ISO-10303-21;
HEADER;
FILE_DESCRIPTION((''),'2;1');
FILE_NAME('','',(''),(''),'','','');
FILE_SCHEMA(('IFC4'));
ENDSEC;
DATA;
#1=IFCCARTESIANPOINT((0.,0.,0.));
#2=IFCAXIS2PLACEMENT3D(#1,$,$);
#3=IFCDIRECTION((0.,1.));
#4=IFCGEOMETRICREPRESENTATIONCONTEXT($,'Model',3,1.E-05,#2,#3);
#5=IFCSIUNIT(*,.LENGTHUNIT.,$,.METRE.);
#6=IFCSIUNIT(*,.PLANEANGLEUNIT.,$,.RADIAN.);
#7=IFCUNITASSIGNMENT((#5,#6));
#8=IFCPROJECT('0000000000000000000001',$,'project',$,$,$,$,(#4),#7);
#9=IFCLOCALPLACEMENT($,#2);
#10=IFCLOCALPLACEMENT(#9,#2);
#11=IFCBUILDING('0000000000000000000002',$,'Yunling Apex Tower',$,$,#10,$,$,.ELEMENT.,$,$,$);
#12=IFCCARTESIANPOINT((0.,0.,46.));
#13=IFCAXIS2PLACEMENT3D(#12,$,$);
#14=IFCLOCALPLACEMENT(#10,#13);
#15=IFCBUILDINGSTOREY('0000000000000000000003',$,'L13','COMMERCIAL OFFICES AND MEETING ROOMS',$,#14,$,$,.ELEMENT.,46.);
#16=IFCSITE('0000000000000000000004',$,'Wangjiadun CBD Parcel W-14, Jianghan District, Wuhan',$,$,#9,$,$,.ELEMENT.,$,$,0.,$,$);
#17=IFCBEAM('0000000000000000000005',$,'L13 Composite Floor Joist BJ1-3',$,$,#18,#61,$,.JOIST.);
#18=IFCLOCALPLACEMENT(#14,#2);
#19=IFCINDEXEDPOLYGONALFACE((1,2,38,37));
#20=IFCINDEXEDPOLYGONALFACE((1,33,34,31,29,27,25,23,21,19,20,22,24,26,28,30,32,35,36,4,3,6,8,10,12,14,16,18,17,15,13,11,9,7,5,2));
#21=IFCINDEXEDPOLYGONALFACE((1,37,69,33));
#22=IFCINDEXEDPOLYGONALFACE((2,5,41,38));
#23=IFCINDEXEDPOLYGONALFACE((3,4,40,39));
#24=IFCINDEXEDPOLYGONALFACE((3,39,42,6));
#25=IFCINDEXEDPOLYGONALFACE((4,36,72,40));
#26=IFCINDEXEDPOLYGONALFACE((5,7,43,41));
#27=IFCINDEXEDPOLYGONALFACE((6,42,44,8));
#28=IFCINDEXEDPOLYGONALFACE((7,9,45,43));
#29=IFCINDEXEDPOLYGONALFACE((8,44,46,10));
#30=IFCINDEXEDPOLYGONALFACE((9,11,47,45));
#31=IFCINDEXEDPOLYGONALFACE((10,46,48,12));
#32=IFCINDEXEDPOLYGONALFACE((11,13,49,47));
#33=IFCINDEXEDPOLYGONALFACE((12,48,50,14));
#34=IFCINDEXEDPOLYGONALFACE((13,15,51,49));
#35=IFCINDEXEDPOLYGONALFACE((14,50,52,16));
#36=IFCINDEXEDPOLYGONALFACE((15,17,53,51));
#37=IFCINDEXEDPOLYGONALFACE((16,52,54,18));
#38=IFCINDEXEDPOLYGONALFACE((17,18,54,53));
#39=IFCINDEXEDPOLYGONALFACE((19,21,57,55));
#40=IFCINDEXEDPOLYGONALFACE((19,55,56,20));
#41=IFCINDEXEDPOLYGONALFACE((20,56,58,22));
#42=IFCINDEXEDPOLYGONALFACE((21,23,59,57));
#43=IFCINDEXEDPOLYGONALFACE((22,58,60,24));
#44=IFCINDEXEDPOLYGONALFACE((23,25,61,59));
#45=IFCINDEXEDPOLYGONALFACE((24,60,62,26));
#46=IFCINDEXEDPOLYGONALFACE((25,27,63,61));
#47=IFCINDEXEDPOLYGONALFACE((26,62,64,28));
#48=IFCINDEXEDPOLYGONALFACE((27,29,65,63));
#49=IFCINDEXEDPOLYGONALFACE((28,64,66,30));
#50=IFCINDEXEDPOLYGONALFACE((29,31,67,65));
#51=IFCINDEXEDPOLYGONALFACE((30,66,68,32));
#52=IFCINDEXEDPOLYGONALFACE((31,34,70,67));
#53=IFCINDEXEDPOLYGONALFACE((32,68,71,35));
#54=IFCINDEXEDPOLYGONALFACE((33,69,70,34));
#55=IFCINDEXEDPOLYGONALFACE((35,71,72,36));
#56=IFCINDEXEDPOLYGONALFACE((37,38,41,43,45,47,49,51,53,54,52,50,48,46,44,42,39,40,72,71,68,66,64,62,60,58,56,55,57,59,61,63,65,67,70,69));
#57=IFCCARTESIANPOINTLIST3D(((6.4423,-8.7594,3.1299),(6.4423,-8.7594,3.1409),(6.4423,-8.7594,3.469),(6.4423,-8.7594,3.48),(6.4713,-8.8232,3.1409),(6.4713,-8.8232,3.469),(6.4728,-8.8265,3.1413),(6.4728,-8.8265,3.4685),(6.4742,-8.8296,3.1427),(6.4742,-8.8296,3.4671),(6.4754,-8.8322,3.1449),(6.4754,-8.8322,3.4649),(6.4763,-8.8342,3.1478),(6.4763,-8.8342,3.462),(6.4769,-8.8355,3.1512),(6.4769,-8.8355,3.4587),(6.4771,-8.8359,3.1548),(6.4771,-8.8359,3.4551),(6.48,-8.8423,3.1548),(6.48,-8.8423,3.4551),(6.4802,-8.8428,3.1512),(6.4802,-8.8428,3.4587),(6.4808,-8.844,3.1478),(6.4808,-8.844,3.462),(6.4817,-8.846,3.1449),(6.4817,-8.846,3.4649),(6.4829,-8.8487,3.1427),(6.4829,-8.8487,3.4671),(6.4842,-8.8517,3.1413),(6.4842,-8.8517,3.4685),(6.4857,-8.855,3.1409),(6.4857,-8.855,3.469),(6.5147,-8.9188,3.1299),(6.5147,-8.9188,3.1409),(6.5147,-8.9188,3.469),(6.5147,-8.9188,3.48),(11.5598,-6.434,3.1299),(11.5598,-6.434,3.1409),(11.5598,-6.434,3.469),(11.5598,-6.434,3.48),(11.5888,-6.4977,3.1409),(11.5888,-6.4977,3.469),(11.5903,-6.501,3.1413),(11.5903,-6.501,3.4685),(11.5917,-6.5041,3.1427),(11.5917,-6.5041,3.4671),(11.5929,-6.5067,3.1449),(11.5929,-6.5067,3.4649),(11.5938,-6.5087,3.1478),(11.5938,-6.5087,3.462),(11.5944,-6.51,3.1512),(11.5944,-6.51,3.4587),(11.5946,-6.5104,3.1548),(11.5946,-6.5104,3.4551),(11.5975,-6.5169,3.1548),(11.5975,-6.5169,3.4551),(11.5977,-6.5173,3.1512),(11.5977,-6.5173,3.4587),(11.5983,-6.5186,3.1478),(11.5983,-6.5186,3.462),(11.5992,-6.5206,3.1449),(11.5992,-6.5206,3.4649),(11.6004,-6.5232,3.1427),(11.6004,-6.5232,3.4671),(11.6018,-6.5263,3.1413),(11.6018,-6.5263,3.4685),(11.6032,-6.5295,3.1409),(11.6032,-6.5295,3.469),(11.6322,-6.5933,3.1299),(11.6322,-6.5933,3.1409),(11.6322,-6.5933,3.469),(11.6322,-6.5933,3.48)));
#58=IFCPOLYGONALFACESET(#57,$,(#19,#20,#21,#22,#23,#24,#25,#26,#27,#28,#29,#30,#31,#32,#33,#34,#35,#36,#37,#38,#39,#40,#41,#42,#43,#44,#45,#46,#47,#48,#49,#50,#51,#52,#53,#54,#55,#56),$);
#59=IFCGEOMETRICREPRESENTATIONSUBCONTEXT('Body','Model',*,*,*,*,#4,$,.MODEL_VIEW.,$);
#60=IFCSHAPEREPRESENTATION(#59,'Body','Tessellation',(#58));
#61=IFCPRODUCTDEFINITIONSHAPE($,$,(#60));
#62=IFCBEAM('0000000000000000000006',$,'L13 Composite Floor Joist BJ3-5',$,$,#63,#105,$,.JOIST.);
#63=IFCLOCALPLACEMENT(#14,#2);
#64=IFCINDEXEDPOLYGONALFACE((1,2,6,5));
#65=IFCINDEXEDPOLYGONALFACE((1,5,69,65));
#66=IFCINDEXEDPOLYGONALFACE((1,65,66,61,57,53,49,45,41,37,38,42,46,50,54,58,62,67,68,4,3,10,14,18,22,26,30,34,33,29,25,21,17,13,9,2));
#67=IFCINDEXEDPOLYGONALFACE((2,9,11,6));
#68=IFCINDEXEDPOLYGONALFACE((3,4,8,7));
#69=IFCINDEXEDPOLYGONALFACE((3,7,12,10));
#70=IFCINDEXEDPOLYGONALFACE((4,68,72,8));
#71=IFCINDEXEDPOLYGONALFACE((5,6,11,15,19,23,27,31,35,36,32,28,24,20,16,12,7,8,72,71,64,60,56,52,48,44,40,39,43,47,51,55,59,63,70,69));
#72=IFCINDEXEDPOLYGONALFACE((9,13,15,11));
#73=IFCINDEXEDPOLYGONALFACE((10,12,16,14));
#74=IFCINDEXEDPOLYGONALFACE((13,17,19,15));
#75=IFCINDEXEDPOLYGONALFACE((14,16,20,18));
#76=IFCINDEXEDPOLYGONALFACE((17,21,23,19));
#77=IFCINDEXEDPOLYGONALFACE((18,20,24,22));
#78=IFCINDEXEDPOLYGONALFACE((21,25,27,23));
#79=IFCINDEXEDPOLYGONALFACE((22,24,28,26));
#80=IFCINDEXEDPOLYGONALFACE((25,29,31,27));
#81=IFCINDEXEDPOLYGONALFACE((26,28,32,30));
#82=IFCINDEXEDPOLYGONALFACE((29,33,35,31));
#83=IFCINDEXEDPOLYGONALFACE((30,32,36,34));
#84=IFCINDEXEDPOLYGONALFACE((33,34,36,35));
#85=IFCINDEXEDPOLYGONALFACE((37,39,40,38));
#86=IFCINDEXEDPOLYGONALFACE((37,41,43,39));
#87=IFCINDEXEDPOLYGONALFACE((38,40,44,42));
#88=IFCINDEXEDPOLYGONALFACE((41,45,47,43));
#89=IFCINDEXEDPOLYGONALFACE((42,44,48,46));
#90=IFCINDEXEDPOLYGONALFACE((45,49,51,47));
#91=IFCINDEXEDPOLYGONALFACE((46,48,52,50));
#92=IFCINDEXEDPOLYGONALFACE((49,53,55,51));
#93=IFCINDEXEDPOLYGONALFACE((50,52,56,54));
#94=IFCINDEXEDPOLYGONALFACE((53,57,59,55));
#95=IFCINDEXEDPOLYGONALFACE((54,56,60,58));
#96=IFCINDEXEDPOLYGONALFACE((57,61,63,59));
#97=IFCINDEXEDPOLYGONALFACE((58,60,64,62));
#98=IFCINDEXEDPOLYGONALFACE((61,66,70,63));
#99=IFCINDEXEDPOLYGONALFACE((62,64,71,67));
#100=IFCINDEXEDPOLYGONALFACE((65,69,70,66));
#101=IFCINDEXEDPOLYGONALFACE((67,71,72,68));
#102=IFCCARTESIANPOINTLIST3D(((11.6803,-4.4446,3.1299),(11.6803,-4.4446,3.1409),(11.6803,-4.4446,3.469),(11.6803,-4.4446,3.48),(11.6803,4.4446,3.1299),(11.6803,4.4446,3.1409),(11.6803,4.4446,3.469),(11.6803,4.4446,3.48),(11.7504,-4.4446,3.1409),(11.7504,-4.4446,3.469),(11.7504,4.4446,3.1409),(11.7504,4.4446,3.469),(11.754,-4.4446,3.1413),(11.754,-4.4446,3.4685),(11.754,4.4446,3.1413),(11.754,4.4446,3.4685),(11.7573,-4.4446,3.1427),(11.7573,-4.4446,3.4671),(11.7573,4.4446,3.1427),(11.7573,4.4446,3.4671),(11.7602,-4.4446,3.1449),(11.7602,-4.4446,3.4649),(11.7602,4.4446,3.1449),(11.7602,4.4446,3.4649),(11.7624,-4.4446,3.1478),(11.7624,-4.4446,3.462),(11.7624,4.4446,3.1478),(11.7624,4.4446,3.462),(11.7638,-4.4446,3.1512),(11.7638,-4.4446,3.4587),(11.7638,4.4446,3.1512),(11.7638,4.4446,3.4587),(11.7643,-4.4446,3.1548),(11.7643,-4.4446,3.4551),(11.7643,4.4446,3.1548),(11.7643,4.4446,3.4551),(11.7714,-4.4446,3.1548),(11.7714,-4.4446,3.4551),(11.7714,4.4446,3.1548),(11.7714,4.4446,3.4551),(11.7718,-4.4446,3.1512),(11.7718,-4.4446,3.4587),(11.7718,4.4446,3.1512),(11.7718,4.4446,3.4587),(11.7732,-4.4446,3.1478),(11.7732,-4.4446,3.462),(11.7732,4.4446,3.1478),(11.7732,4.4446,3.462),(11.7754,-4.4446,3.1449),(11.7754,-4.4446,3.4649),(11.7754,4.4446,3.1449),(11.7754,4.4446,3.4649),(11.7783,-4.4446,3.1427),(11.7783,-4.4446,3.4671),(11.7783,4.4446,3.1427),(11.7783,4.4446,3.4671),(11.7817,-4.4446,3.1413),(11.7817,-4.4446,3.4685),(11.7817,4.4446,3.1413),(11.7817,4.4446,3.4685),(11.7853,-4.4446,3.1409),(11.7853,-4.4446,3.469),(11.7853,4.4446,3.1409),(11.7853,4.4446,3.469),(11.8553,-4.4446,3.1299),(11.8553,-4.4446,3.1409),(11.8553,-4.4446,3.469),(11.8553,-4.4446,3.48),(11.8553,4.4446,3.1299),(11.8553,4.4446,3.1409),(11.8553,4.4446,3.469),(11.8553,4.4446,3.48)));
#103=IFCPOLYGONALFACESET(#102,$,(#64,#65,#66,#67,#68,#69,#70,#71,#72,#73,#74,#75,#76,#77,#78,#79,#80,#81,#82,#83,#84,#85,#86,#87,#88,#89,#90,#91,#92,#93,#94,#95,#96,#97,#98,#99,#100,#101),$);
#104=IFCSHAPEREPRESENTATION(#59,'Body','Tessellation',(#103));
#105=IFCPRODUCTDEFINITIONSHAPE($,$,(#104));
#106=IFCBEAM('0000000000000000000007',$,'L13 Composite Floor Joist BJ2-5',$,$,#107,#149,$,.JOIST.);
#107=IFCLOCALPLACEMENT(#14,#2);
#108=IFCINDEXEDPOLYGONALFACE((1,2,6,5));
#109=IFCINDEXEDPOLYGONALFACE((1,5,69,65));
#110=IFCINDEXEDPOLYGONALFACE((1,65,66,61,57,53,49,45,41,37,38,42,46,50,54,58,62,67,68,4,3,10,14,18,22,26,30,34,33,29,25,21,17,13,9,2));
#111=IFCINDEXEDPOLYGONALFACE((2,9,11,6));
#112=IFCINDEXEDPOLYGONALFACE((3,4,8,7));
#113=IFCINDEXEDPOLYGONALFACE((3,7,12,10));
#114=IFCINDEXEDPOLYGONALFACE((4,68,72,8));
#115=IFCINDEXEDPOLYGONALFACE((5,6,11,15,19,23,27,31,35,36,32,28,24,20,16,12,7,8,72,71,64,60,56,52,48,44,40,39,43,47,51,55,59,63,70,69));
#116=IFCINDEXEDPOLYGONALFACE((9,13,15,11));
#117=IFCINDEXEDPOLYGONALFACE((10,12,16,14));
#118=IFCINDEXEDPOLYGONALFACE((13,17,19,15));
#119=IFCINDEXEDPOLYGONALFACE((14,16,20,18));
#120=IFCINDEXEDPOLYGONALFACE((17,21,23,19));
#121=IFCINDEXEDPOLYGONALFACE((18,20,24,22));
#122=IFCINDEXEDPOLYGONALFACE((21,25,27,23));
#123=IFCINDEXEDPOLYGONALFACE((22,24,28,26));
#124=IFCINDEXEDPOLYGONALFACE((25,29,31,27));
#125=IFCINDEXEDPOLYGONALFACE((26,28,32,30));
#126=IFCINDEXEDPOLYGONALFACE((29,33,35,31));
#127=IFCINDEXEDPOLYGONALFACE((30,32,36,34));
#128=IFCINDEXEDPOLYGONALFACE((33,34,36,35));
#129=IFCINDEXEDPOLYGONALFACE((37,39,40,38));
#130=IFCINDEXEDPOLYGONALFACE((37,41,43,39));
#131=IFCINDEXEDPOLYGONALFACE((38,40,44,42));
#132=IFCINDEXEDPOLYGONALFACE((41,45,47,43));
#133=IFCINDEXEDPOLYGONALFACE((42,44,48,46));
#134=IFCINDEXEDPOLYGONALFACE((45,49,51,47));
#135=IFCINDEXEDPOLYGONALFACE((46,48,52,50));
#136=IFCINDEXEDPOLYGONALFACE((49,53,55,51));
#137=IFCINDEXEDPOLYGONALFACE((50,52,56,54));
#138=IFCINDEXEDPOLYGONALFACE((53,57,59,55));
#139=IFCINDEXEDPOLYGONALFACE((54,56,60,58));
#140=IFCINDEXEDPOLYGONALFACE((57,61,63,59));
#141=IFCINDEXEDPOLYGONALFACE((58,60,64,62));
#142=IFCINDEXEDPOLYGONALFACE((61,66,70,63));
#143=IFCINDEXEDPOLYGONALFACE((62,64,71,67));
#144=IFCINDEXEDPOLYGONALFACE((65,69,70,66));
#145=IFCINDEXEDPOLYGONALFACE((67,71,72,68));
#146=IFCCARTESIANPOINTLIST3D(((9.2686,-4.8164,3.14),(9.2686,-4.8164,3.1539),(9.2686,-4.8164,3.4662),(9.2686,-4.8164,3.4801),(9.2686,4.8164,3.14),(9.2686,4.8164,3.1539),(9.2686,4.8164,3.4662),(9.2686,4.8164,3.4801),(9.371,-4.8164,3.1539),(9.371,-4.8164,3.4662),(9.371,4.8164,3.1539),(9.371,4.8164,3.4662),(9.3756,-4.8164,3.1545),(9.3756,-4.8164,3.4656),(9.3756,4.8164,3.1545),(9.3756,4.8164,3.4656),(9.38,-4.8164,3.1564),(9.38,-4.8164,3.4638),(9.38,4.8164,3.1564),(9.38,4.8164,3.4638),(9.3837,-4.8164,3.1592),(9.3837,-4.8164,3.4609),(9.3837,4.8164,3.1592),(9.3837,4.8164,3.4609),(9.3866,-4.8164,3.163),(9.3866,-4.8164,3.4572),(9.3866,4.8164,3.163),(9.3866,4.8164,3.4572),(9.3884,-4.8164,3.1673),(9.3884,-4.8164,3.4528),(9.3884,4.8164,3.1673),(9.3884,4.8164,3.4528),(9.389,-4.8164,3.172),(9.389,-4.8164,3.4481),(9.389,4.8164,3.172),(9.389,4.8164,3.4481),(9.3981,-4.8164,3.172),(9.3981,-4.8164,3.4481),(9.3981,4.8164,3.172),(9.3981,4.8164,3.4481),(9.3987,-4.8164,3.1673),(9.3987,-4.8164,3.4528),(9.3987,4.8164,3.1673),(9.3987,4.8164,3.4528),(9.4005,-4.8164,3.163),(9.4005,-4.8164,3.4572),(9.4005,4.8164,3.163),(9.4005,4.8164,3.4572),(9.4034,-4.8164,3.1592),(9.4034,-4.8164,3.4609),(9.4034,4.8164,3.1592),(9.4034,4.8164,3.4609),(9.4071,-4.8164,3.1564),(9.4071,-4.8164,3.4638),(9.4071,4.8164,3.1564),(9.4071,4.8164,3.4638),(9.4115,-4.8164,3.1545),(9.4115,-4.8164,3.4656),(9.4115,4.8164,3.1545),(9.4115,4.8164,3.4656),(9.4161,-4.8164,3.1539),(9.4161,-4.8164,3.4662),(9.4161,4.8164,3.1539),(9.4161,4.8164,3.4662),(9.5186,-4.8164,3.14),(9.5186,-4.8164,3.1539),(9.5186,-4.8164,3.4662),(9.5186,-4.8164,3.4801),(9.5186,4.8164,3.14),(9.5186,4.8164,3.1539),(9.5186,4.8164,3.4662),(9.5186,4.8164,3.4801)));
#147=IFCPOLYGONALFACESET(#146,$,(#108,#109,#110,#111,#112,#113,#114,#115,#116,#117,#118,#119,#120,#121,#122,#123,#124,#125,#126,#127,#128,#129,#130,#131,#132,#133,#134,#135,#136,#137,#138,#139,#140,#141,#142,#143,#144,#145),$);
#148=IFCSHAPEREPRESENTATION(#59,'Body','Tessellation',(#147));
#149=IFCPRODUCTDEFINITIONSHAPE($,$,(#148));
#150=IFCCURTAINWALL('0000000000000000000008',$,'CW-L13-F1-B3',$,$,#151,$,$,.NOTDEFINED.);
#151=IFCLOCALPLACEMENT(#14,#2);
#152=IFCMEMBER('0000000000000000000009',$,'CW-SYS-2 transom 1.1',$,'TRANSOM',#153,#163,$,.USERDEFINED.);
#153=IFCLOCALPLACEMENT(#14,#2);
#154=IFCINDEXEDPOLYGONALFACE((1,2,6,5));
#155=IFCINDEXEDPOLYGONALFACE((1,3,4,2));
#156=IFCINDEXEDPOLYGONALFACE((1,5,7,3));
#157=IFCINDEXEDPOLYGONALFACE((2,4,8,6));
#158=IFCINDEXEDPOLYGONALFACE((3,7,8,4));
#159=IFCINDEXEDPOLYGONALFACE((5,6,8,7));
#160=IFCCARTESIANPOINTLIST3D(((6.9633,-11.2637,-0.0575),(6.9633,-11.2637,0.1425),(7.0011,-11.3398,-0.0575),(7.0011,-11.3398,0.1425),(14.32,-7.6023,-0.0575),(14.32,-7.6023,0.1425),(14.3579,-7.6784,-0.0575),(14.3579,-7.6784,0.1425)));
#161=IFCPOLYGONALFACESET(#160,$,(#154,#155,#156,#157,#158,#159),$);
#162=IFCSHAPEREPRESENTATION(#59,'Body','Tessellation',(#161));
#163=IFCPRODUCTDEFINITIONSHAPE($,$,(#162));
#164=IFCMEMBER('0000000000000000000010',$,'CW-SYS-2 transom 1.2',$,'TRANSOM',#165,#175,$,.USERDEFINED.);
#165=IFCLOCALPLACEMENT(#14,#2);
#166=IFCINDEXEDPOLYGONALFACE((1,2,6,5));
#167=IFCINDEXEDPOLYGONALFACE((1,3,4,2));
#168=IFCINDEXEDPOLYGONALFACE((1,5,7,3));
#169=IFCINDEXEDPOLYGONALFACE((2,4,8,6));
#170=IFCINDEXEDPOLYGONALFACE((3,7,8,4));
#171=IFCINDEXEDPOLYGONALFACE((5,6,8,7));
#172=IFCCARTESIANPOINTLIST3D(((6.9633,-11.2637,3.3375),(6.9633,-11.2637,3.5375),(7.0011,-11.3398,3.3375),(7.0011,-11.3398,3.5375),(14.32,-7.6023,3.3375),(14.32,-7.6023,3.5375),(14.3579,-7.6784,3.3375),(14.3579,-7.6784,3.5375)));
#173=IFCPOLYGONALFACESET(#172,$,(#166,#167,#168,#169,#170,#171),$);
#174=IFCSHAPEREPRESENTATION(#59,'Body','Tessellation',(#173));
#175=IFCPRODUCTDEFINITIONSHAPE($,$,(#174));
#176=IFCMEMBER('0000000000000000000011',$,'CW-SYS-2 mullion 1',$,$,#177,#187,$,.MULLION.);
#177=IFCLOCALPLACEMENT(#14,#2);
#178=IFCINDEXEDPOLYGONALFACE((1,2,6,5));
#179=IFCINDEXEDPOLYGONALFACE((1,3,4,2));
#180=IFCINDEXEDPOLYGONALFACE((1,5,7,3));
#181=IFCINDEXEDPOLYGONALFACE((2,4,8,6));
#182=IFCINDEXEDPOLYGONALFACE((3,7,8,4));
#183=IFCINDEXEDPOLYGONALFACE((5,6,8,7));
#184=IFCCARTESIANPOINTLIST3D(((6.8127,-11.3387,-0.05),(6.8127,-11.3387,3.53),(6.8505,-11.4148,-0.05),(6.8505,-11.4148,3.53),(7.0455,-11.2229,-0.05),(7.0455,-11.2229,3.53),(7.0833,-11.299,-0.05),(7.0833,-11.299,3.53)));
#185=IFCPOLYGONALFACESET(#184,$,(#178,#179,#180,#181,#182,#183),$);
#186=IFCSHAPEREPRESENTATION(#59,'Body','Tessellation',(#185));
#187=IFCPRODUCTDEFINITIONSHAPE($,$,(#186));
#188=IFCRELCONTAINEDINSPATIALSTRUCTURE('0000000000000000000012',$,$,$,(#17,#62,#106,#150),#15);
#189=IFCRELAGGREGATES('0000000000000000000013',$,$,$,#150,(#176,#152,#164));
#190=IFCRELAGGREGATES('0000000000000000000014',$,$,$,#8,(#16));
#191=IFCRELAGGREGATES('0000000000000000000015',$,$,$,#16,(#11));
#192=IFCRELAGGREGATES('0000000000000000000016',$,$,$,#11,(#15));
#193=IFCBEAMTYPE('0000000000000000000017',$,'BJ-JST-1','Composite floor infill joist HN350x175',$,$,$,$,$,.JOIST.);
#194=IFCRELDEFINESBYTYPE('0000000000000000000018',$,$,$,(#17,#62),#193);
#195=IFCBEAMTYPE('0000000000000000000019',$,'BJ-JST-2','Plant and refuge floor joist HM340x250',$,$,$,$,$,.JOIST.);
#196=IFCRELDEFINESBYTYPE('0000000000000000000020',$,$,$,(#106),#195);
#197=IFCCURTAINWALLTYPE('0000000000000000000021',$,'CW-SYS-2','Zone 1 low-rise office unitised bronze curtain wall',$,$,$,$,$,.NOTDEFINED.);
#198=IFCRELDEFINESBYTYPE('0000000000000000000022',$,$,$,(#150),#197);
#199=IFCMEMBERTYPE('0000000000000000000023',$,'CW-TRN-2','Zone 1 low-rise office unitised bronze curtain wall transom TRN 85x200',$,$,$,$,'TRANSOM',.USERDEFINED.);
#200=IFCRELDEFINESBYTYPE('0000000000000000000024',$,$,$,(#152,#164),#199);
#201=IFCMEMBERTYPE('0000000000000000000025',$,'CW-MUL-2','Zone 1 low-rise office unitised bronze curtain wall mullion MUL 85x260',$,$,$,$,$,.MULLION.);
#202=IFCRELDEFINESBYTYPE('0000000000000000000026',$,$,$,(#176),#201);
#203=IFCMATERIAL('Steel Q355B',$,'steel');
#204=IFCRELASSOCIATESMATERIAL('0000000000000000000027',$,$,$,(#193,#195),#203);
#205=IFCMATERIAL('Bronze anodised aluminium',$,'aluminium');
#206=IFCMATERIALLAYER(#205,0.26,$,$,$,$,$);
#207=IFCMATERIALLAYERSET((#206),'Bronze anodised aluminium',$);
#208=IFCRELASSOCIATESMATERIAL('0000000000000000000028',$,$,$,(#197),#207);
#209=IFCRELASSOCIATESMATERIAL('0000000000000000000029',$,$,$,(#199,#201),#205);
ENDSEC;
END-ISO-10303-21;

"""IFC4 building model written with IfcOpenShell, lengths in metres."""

from ifc_helpers import new_model, si_unit, direction, frame, origin, origin_2d, place, context, subcontext, project, spatial, rectangle, i_section, extrude, source, transform, mapped, material, layer, layer_set, material_profile, profile_set, type_object, element, aggregate, save


model = new_model("IFC4")

# Units and contexts
model_context = context("Model", 3, precision=1e-05, world=origin(), true_north=direction((0.0, 1.0)))
body_context = subcontext(model_context, "Body", "Model", "MODEL_VIEW")
ifc_project = project(units=[si_unit("LENGTHUNIT", "METRE"), si_unit("PLANEANGLEUNIT", "RADIAN")], contexts=[model_context])

# Site, building, storey
site_placement = place(None, origin())
site = spatial("IfcSite", under=ifc_project, at=site_placement, Name="Wangjiadun CBD Parcel W-14, Jianghan District, Wuhan", CompositionType="ELEMENT", RefElevation=0.0)
building_placement = place(site_placement, origin())
building = spatial("IfcBuilding", under=site, at=building_placement, Name="Yunling Apex Tower", CompositionType="ELEMENT")
storey_placement = place(building_placement, frame((0.0, 0.0, 46.0)))
storey = spatial("IfcBuildingStorey", under=building, at=storey_placement, Name="L13", Description="COMMERCIAL OFFICES AND MEETING ROOMS", CompositionType="ELEMENT", Elevation=46.0)

# Beams
ifc_material_1 = material(Name="Steel Q355B", Category="steel")
ifc_material_profile_1 = material_profile(ifc_material_1, i_section(OverallWidth=0.175, OverallDepth=0.3501, WebThickness=0.0071, FlangeThickness=0.011, FilletRadius=0.0139, at=origin_2d()))
ifc_profile_set_1 = profile_set([ifc_material_profile_1], Name="Steel Q355B")
beam_type_1 = type_object("IfcBeamType", Name="BJ-JST-1", Description="Composite floor infill joist HN350x175", PredefinedType="JOIST", material=ifc_profile_set_1)
shared_shape_1 = source(origin(), body_context, "Body", "SweptSolid", [
    extrude(i_section(OverallWidth=0.175, OverallDepth=0.3501, WebThickness=0.0071, FlangeThickness=0.011, FilletRadius=0.0139, at=origin_2d()), origin(), (0.0, 0.0, 1.0), 5.6211),
])
beam_1_placement = place(storey_placement, frame((6.4785, -8.8391, 3.3049), z_axis=(0.910411, 0.413705, 0.0), x_axis=(-0.413705, 0.910411, 0.0)))
element("IfcBeam", 1, at=beam_1_placement, inside=storey, type_object=beam_type_1, Name="L13 Composite Floor Joist BJ1-3", PredefinedType="JOIST", context=body_context, shape_type="MappedRepresentation", body=[
    mapped(shared_shape_1, transform((0.0, 0.0, 0.0), scale=1.0)),
])
shared_shape_2 = source(origin(), body_context, "Body", "SweptSolid", [
    extrude(i_section(OverallWidth=0.175, OverallDepth=0.3501, WebThickness=0.0071, FlangeThickness=0.011, FilletRadius=0.0139, at=origin_2d()), origin(), (0.0, 0.0, 1.0), 8.8892),
])
beam_2_placement = place(storey_placement, frame((11.7678, -4.4446, 3.3049), z_axis=(0.0, 1.0, 0.0), x_axis=(-1.0, 0.0, 0.0)))
element("IfcBeam", 2, at=beam_2_placement, inside=storey, type_object=beam_type_1, Name="L13 Composite Floor Joist BJ3-5", PredefinedType="JOIST", context=body_context, shape_type="MappedRepresentation", body=[
    mapped(shared_shape_2, transform((0.0, 0.0, 0.0), scale=1.0)),
])
ifc_material_profile_2 = material_profile(ifc_material_1, i_section(OverallWidth=0.25, OverallDepth=0.3401, WebThickness=0.009, FlangeThickness=0.0139, FilletRadius=0.0181, at=origin_2d()))
ifc_profile_set_2 = profile_set([ifc_material_profile_2], Name="Steel Q355B")
beam_type_2 = type_object("IfcBeamType", Name="BJ-JST-2", Description="Plant and refuge floor joist HM340x250", PredefinedType="JOIST", material=ifc_profile_set_2)
shared_shape_3 = source(origin(), body_context, "Body", "SweptSolid", [
    extrude(i_section(OverallWidth=0.25, OverallDepth=0.3401, WebThickness=0.009, FlangeThickness=0.0139, FilletRadius=0.0181, at=origin_2d()), origin(), (0.0, 0.0, 1.0), 9.6328),
])
beam_3_placement = place(storey_placement, frame((9.3936, -4.8164, 3.3101), z_axis=(0.0, 1.0, 0.0), x_axis=(-1.0, 0.0, 0.0)))
element("IfcBeam", 3, at=beam_3_placement, inside=storey, type_object=beam_type_2, Name="L13 Composite Floor Joist BJ2-5", PredefinedType="JOIST", context=body_context, shape_type="MappedRepresentation", body=[
    mapped(shared_shape_3, transform((0.0, 0.0, 0.0), scale=1.0)),
])

# Curtain wall, members
ifc_material_2 = material(Name="Bronze anodised aluminium", Category="aluminium")
ifc_layer_1 = layer(ifc_material_2, 0.26)
ifc_layer_set_1 = layer_set([ifc_layer_1], Name="Bronze anodised aluminium")
curtain_wall_type = type_object("IfcCurtainWallType", Name="CW-SYS-2", Description="Zone 1 low-rise office unitised bronze curtain wall", PredefinedType="NOTDEFINED", material=ifc_layer_set_1)
curtain_wall_placement = place(storey_placement, origin())
curtain_wall = element("IfcCurtainWall", 4, at=curtain_wall_placement, inside=storey, type_object=curtain_wall_type, Name="CW-L13-F1-B3", PredefinedType="NOTDEFINED")
ifc_material_profile_3 = material_profile(ifc_material_2, rectangle(XDim=0.085, YDim=0.2, at=origin_2d()))
ifc_profile_set_3 = profile_set([ifc_material_profile_3], Name="Bronze anodised aluminium")
member_type_1 = type_object("IfcMemberType", Name="CW-TRN-2", Description="Zone 1 low-rise office unitised bronze curtain wall transom TRN 85x200", ElementType="TRANSOM", PredefinedType="USERDEFINED", material=ifc_profile_set_3)
shared_shape_4 = source(origin(), body_context, "Body", "SweptSolid", [
    extrude(rectangle(XDim=0.085, YDim=0.2, at=origin_2d()), origin(), (0.0, 0.0, 1.0), 8.2175),
])
member_1_placement = place(storey_placement, frame((6.9822, -11.3018, 0.0425), z_axis=(0.895252, 0.445561, 0.0), x_axis=(-0.445561, 0.895252, 0.0)))
member_1 = element("IfcMember", 5, at=member_1_placement, type_object=member_type_1, Name="CW-SYS-2 transom 1.1", ObjectType="TRANSOM", PredefinedType="USERDEFINED", context=body_context, shape_type="MappedRepresentation", body=[
    mapped(shared_shape_4, transform((0.0, 0.0, 0.0), scale=1.0)),
])
member_2_placement = place(storey_placement, frame((6.9822, -11.3018, 3.4375), z_axis=(0.895252, 0.445561, 0.0), x_axis=(-0.445561, 0.895252, 0.0)))
member_2 = element("IfcMember", 6, at=member_2_placement, type_object=member_type_1, Name="CW-SYS-2 transom 1.2", ObjectType="TRANSOM", PredefinedType="USERDEFINED", context=body_context, shape_type="MappedRepresentation", body=[
    mapped(shared_shape_4, transform((0.0, 0.0, 0.0), scale=1.0)),
])
ifc_material_profile_4 = material_profile(ifc_material_2, rectangle(XDim=0.085, YDim=0.26, at=origin_2d()))
ifc_profile_set_4 = profile_set([ifc_material_profile_4], Name="Bronze anodised aluminium")
member_type_2 = type_object("IfcMemberType", Name="CW-MUL-2", Description="Zone 1 low-rise office unitised bronze curtain wall mullion MUL 85x260", PredefinedType="MULLION", material=ifc_profile_set_4)
shared_shape_5 = source(origin(), body_context, "Body", "SweptSolid", [
    extrude(rectangle(XDim=0.085, YDim=0.26, at=origin_2d()), origin(), (0.0, 0.0, 1.0), 3.5801),
])
member_3_placement = place(storey_placement, frame((6.948, -11.3188, -0.05), z_axis=(0.0, 0.0, 1.0), x_axis=(-0.445571, 0.895247, 0.0)))
member_3 = element("IfcMember", 7, at=member_3_placement, type_object=member_type_2, Name="CW-SYS-2 mullion 1", PredefinedType="MULLION", context=body_context, shape_type="MappedRepresentation", body=[
    mapped(shared_shape_5, transform((0.0, 0.0, 0.0), scale=1.0)),
])
aggregate(curtain_wall, [member_3, member_1, member_2])

save(model, "model.ifc")
